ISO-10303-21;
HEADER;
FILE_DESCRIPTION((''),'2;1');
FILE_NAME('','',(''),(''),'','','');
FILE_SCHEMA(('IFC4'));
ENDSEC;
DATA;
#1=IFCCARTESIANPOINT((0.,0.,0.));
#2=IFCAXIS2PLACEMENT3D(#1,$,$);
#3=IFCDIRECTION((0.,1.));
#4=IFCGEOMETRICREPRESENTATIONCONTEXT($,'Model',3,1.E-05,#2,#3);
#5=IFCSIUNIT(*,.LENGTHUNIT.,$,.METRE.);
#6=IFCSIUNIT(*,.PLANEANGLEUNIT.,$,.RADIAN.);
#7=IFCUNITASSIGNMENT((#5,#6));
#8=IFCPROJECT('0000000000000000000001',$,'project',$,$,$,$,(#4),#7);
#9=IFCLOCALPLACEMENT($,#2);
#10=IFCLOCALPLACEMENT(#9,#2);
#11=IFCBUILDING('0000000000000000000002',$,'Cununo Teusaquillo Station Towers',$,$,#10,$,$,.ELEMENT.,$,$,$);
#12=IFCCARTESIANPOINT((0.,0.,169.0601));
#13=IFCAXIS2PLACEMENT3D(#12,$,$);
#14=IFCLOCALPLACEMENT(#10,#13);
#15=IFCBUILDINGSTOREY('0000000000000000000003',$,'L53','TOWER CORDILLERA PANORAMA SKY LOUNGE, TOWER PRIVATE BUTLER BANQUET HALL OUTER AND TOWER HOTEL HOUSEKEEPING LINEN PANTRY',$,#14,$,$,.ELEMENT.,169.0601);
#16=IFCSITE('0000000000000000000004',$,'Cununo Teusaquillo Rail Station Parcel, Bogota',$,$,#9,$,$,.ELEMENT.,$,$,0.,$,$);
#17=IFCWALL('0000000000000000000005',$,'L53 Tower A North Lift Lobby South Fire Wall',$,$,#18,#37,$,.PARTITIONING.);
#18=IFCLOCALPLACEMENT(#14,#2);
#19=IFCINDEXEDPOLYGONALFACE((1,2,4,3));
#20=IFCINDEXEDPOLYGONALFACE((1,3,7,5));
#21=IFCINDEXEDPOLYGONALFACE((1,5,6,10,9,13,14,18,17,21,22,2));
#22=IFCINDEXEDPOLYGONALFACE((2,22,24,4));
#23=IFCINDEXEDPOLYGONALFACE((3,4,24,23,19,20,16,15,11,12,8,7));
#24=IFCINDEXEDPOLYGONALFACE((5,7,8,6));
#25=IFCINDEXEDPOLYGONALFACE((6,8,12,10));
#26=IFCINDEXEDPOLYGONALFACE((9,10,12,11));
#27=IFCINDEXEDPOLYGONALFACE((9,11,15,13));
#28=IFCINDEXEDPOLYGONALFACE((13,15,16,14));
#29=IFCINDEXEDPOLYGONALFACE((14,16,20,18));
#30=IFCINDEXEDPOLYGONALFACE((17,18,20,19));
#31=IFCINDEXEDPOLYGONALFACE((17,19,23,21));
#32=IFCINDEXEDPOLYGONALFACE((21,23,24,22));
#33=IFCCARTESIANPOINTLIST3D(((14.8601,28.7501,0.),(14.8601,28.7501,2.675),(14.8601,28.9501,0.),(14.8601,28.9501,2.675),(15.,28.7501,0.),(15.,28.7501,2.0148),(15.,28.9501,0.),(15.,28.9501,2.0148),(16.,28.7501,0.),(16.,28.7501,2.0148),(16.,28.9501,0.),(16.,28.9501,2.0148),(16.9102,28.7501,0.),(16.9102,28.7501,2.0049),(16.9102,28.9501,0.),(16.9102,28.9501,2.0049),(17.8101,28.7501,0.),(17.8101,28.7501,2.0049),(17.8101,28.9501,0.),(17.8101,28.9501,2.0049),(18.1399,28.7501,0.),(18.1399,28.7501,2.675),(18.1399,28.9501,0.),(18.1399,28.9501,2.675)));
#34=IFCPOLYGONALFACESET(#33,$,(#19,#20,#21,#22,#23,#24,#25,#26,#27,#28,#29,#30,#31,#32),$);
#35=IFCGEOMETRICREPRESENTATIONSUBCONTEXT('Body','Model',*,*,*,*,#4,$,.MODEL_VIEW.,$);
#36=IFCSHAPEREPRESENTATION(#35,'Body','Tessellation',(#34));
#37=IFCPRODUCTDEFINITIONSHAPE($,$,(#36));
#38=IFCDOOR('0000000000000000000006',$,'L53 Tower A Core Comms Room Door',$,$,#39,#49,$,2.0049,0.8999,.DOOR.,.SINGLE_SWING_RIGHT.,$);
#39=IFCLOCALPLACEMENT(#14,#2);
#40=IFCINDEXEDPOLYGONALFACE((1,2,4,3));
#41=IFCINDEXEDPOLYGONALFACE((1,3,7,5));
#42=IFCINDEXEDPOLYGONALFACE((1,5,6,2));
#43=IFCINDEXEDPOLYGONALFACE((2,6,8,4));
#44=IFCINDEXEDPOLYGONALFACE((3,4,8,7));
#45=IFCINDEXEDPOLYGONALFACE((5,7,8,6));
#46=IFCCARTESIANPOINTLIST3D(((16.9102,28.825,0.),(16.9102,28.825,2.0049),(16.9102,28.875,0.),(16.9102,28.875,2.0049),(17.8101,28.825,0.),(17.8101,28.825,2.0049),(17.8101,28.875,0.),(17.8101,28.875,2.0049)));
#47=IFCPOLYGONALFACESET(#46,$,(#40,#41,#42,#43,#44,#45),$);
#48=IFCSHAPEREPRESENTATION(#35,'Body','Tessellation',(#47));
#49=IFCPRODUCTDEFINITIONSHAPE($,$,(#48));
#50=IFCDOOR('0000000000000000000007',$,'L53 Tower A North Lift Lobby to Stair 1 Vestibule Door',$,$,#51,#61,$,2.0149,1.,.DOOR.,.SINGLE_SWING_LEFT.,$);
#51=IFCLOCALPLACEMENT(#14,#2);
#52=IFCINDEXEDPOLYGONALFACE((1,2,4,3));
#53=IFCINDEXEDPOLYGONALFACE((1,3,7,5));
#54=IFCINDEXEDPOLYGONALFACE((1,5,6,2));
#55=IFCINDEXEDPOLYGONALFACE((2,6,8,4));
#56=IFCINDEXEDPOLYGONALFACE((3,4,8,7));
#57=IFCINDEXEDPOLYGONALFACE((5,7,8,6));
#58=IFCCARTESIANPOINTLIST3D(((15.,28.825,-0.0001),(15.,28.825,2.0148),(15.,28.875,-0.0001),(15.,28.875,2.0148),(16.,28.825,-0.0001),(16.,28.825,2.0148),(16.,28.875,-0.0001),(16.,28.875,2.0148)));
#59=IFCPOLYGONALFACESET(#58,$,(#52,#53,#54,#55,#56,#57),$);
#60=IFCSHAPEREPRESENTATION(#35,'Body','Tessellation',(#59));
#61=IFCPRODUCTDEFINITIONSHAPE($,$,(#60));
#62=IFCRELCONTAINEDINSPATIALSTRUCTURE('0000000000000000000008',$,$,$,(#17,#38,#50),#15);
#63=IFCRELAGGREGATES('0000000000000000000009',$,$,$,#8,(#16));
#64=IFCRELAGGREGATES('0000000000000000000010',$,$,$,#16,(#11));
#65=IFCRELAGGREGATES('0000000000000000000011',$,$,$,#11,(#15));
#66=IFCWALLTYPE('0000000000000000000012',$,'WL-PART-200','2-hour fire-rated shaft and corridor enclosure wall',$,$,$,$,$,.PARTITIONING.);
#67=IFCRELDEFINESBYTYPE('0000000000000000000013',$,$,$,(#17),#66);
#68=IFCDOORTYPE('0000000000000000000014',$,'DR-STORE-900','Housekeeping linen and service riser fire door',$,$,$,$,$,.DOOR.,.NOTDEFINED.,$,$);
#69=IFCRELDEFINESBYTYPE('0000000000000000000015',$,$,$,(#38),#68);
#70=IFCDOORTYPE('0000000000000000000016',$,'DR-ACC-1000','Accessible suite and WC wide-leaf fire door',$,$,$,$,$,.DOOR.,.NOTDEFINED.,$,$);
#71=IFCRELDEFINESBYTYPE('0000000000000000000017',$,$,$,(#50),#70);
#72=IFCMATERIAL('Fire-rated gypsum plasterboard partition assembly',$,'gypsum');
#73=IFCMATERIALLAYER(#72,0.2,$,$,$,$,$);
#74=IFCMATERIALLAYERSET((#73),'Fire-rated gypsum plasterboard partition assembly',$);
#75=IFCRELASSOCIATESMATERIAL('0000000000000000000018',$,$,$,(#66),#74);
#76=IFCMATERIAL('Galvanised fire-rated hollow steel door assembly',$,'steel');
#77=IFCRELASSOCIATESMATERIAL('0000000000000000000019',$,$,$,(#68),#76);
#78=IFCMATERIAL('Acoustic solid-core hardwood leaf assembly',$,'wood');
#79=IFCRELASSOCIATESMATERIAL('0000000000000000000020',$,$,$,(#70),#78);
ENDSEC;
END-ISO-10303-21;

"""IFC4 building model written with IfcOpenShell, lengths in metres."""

from ifc_helpers import new_model, si_unit, direction, frame, frame_2d, origin, place, context, subcontext, project, spatial, rectangle, extrude, source, transform, mapped, material, layer, layer_set, type_object, element, fill, save


model = new_model("IFC4")

# Units and contexts
model_context = context("Model", 3, precision=1e-05, world=origin(), true_north=direction((0.0, 1.0)))
body_context = subcontext(model_context, "Body", "Model", "MODEL_VIEW")
ifc_project = project(units=[si_unit("LENGTHUNIT", "METRE"), si_unit("PLANEANGLEUNIT", "RADIAN")], contexts=[model_context])

# Site, building, storey
site_placement = place(None, origin())
site = spatial("IfcSite", under=ifc_project, at=site_placement, Name="Cununo Teusaquillo Rail Station Parcel, Bogota", CompositionType="ELEMENT", RefElevation=0.0)
building_placement = place(site_placement, origin())
building = spatial("IfcBuilding", under=site, at=building_placement, Name="Cununo Teusaquillo Station Towers", CompositionType="ELEMENT")
storey_placement = place(building_placement, frame((0.0, 0.0, 169.0601)))
storey = spatial("IfcBuildingStorey", under=building, at=storey_placement, Name="L53", Description="TOWER CORDILLERA PANORAMA SKY LOUNGE, TOWER PRIVATE BUTLER BANQUET HALL OUTER AND TOWER HOTEL HOUSEKEEPING LINEN PANTRY", CompositionType="ELEMENT", Elevation=169.0601)

# Shared definitions
shared_shape_1 = source(origin(), body_context, "Body", "SweptSolid", [
    extrude(rectangle(XDim=0.8999, YDim=2.0049, at=frame_2d((0.45, 1.0024))), frame((0.0, 0.0249, 0.0), z_axis=(0.0, -1.0, 0.0), x_axis=(1.0, 0.0, 0.0)), (0.0, 0.0, 1.0), 0.05),
])
ifc_material_1 = material(Name="Fire-rated gypsum plasterboard partition assembly", Category="gypsum")
ifc_layer_1 = layer(ifc_material_1, 0.2)
ifc_layer_set_1 = layer_set([ifc_layer_1], Name="Fire-rated gypsum plasterboard partition assembly")
wall_type_1 = type_object("IfcWallType", Name="WL-PART-200", Description="2-hour fire-rated shaft and corridor enclosure wall", PredefinedType="PARTITIONING", material=ifc_layer_set_1)
shared_shape_2 = source(origin(), body_context, "Body", "SweptSolid", [
    extrude(rectangle(XDim=0.8999, YDim=2.0049, at=frame_2d((0.45, 1.0024))), frame((0.0, 0.1099, 0.0), z_axis=(0.0, -1.0, 0.0), x_axis=(1.0, 0.0, 0.0)), (0.0, 0.0, 1.0), 0.22),
])
ifc_material_2 = material(Name="Galvanised fire-rated hollow steel door assembly", Category="steel")
door_type_1 = type_object("IfcDoorType", Name="DR-STORE-900", Description="Housekeeping linen and service riser fire door", OperationType="NOTDEFINED", PredefinedType="DOOR", material=ifc_material_2)

# Wall, openings, doors
wall_1_placement = place(storey_placement, frame((14.8601, 28.8501, 0.0), z_axis=(0.0, 0.0, 1.0), x_axis=(1.0, 0.0, 0.0)))
wall_1 = element("IfcWall", 1, at=wall_1_placement, inside=storey, type_object=wall_type_1, Name="L53 Tower A North Lift Lobby South Fire Wall", PredefinedType="PARTITIONING", context=body_context, shape_type="SweptSolid", body=[
    extrude(rectangle(XDim=3.2798, YDim=0.2, at=frame_2d((1.6399, 0.0))), origin(), (0.0, 0.0, 1.0), 2.675),
])
shared_shape_3 = source(origin(), body_context, "Body", "SweptSolid", [
    extrude(rectangle(XDim=1.0, YDim=2.0149, at=frame_2d((0.5, 1.0073))), frame((0.0, 0.1099, 0.0), z_axis=(0.0, -1.0, 0.0), x_axis=(1.0, 0.0, 0.0)), (0.0, 0.0, 1.0), 0.22),
])
opening_1_placement = place(wall_1_placement, frame((0.1399, 0.0, 0.0)))
opening_1 = element("IfcOpeningElement", 2, at=opening_1_placement, cuts=wall_1, PredefinedType="OPENING", context=body_context, shape_type="MappedRepresentation", body=[
    mapped(shared_shape_3, transform((0.0, 0.0, 0.0), x_axis=(1.0, 0.0, 0.0), y_axis=(0.0, 1.0, 0.0), z_axis=(0.0, 0.0, 1.0), scale=1.0)),
])
opening_2_placement = place(wall_1_placement, frame((2.05, 0.0, 0.0)))
opening_2 = element("IfcOpeningElement", 3, at=opening_2_placement, cuts=wall_1, PredefinedType="OPENING", context=body_context, shape_type="MappedRepresentation", body=[
    mapped(shared_shape_2, transform((0.0, 0.0, 0.0), x_axis=(1.0, 0.0, 0.0), y_axis=(0.0, 1.0, 0.0), z_axis=(0.0, 0.0, 1.0), scale=1.0)),
])
door_1_placement = place(opening_2_placement, origin())
door_1 = element("IfcDoor", 4, at=door_1_placement, inside=storey, type_object=door_type_1, Name="L53 Tower A Core Comms Room Door", OperationType="SINGLE_SWING_RIGHT", OverallHeight=2.0049, OverallWidth=0.8999, PredefinedType="DOOR", context=body_context, shape_type="MappedRepresentation", body=[
    mapped(shared_shape_1, transform((0.0, 0.0, 0.0), x_axis=(1.0, 0.0, 0.0), y_axis=(0.0, 1.0, 0.0), z_axis=(0.0, 0.0, 1.0), scale=1.0)),
])
fill(opening_2, door_1)
ifc_material_3 = material(Name="Acoustic solid-core hardwood leaf assembly", Category="wood")
door_type_2 = type_object("IfcDoorType", Name="DR-ACC-1000", Description="Accessible suite and WC wide-leaf fire door", OperationType="NOTDEFINED", PredefinedType="DOOR", material=ifc_material_3)
shared_shape_4 = source(origin(), body_context, "Body", "SweptSolid", [
    extrude(rectangle(XDim=1.0, YDim=2.0149, at=frame_2d((0.5, 1.0073))), frame((0.0, 0.0249, 0.0), z_axis=(0.0, -1.0, 0.0), x_axis=(1.0, 0.0, 0.0)), (0.0, 0.0, 1.0), 0.05),
])
door_2_placement = place(opening_1_placement, origin())
door_2 = element("IfcDoor", 5, at=door_2_placement, inside=storey, type_object=door_type_2, Name="L53 Tower A North Lift Lobby to Stair 1 Vestibule Door", OperationType="SINGLE_SWING_LEFT", OverallHeight=2.0149, OverallWidth=1.0, PredefinedType="DOOR", context=body_context, shape_type="MappedRepresentation", body=[
    mapped(shared_shape_4, transform((0.0, 0.0, 0.0), x_axis=(1.0, 0.0, 0.0), y_axis=(0.0, 1.0, 0.0), z_axis=(0.0, 0.0, 1.0), scale=1.0)),
])
fill(opening_1, door_2)

save(model, "model.ifc")
